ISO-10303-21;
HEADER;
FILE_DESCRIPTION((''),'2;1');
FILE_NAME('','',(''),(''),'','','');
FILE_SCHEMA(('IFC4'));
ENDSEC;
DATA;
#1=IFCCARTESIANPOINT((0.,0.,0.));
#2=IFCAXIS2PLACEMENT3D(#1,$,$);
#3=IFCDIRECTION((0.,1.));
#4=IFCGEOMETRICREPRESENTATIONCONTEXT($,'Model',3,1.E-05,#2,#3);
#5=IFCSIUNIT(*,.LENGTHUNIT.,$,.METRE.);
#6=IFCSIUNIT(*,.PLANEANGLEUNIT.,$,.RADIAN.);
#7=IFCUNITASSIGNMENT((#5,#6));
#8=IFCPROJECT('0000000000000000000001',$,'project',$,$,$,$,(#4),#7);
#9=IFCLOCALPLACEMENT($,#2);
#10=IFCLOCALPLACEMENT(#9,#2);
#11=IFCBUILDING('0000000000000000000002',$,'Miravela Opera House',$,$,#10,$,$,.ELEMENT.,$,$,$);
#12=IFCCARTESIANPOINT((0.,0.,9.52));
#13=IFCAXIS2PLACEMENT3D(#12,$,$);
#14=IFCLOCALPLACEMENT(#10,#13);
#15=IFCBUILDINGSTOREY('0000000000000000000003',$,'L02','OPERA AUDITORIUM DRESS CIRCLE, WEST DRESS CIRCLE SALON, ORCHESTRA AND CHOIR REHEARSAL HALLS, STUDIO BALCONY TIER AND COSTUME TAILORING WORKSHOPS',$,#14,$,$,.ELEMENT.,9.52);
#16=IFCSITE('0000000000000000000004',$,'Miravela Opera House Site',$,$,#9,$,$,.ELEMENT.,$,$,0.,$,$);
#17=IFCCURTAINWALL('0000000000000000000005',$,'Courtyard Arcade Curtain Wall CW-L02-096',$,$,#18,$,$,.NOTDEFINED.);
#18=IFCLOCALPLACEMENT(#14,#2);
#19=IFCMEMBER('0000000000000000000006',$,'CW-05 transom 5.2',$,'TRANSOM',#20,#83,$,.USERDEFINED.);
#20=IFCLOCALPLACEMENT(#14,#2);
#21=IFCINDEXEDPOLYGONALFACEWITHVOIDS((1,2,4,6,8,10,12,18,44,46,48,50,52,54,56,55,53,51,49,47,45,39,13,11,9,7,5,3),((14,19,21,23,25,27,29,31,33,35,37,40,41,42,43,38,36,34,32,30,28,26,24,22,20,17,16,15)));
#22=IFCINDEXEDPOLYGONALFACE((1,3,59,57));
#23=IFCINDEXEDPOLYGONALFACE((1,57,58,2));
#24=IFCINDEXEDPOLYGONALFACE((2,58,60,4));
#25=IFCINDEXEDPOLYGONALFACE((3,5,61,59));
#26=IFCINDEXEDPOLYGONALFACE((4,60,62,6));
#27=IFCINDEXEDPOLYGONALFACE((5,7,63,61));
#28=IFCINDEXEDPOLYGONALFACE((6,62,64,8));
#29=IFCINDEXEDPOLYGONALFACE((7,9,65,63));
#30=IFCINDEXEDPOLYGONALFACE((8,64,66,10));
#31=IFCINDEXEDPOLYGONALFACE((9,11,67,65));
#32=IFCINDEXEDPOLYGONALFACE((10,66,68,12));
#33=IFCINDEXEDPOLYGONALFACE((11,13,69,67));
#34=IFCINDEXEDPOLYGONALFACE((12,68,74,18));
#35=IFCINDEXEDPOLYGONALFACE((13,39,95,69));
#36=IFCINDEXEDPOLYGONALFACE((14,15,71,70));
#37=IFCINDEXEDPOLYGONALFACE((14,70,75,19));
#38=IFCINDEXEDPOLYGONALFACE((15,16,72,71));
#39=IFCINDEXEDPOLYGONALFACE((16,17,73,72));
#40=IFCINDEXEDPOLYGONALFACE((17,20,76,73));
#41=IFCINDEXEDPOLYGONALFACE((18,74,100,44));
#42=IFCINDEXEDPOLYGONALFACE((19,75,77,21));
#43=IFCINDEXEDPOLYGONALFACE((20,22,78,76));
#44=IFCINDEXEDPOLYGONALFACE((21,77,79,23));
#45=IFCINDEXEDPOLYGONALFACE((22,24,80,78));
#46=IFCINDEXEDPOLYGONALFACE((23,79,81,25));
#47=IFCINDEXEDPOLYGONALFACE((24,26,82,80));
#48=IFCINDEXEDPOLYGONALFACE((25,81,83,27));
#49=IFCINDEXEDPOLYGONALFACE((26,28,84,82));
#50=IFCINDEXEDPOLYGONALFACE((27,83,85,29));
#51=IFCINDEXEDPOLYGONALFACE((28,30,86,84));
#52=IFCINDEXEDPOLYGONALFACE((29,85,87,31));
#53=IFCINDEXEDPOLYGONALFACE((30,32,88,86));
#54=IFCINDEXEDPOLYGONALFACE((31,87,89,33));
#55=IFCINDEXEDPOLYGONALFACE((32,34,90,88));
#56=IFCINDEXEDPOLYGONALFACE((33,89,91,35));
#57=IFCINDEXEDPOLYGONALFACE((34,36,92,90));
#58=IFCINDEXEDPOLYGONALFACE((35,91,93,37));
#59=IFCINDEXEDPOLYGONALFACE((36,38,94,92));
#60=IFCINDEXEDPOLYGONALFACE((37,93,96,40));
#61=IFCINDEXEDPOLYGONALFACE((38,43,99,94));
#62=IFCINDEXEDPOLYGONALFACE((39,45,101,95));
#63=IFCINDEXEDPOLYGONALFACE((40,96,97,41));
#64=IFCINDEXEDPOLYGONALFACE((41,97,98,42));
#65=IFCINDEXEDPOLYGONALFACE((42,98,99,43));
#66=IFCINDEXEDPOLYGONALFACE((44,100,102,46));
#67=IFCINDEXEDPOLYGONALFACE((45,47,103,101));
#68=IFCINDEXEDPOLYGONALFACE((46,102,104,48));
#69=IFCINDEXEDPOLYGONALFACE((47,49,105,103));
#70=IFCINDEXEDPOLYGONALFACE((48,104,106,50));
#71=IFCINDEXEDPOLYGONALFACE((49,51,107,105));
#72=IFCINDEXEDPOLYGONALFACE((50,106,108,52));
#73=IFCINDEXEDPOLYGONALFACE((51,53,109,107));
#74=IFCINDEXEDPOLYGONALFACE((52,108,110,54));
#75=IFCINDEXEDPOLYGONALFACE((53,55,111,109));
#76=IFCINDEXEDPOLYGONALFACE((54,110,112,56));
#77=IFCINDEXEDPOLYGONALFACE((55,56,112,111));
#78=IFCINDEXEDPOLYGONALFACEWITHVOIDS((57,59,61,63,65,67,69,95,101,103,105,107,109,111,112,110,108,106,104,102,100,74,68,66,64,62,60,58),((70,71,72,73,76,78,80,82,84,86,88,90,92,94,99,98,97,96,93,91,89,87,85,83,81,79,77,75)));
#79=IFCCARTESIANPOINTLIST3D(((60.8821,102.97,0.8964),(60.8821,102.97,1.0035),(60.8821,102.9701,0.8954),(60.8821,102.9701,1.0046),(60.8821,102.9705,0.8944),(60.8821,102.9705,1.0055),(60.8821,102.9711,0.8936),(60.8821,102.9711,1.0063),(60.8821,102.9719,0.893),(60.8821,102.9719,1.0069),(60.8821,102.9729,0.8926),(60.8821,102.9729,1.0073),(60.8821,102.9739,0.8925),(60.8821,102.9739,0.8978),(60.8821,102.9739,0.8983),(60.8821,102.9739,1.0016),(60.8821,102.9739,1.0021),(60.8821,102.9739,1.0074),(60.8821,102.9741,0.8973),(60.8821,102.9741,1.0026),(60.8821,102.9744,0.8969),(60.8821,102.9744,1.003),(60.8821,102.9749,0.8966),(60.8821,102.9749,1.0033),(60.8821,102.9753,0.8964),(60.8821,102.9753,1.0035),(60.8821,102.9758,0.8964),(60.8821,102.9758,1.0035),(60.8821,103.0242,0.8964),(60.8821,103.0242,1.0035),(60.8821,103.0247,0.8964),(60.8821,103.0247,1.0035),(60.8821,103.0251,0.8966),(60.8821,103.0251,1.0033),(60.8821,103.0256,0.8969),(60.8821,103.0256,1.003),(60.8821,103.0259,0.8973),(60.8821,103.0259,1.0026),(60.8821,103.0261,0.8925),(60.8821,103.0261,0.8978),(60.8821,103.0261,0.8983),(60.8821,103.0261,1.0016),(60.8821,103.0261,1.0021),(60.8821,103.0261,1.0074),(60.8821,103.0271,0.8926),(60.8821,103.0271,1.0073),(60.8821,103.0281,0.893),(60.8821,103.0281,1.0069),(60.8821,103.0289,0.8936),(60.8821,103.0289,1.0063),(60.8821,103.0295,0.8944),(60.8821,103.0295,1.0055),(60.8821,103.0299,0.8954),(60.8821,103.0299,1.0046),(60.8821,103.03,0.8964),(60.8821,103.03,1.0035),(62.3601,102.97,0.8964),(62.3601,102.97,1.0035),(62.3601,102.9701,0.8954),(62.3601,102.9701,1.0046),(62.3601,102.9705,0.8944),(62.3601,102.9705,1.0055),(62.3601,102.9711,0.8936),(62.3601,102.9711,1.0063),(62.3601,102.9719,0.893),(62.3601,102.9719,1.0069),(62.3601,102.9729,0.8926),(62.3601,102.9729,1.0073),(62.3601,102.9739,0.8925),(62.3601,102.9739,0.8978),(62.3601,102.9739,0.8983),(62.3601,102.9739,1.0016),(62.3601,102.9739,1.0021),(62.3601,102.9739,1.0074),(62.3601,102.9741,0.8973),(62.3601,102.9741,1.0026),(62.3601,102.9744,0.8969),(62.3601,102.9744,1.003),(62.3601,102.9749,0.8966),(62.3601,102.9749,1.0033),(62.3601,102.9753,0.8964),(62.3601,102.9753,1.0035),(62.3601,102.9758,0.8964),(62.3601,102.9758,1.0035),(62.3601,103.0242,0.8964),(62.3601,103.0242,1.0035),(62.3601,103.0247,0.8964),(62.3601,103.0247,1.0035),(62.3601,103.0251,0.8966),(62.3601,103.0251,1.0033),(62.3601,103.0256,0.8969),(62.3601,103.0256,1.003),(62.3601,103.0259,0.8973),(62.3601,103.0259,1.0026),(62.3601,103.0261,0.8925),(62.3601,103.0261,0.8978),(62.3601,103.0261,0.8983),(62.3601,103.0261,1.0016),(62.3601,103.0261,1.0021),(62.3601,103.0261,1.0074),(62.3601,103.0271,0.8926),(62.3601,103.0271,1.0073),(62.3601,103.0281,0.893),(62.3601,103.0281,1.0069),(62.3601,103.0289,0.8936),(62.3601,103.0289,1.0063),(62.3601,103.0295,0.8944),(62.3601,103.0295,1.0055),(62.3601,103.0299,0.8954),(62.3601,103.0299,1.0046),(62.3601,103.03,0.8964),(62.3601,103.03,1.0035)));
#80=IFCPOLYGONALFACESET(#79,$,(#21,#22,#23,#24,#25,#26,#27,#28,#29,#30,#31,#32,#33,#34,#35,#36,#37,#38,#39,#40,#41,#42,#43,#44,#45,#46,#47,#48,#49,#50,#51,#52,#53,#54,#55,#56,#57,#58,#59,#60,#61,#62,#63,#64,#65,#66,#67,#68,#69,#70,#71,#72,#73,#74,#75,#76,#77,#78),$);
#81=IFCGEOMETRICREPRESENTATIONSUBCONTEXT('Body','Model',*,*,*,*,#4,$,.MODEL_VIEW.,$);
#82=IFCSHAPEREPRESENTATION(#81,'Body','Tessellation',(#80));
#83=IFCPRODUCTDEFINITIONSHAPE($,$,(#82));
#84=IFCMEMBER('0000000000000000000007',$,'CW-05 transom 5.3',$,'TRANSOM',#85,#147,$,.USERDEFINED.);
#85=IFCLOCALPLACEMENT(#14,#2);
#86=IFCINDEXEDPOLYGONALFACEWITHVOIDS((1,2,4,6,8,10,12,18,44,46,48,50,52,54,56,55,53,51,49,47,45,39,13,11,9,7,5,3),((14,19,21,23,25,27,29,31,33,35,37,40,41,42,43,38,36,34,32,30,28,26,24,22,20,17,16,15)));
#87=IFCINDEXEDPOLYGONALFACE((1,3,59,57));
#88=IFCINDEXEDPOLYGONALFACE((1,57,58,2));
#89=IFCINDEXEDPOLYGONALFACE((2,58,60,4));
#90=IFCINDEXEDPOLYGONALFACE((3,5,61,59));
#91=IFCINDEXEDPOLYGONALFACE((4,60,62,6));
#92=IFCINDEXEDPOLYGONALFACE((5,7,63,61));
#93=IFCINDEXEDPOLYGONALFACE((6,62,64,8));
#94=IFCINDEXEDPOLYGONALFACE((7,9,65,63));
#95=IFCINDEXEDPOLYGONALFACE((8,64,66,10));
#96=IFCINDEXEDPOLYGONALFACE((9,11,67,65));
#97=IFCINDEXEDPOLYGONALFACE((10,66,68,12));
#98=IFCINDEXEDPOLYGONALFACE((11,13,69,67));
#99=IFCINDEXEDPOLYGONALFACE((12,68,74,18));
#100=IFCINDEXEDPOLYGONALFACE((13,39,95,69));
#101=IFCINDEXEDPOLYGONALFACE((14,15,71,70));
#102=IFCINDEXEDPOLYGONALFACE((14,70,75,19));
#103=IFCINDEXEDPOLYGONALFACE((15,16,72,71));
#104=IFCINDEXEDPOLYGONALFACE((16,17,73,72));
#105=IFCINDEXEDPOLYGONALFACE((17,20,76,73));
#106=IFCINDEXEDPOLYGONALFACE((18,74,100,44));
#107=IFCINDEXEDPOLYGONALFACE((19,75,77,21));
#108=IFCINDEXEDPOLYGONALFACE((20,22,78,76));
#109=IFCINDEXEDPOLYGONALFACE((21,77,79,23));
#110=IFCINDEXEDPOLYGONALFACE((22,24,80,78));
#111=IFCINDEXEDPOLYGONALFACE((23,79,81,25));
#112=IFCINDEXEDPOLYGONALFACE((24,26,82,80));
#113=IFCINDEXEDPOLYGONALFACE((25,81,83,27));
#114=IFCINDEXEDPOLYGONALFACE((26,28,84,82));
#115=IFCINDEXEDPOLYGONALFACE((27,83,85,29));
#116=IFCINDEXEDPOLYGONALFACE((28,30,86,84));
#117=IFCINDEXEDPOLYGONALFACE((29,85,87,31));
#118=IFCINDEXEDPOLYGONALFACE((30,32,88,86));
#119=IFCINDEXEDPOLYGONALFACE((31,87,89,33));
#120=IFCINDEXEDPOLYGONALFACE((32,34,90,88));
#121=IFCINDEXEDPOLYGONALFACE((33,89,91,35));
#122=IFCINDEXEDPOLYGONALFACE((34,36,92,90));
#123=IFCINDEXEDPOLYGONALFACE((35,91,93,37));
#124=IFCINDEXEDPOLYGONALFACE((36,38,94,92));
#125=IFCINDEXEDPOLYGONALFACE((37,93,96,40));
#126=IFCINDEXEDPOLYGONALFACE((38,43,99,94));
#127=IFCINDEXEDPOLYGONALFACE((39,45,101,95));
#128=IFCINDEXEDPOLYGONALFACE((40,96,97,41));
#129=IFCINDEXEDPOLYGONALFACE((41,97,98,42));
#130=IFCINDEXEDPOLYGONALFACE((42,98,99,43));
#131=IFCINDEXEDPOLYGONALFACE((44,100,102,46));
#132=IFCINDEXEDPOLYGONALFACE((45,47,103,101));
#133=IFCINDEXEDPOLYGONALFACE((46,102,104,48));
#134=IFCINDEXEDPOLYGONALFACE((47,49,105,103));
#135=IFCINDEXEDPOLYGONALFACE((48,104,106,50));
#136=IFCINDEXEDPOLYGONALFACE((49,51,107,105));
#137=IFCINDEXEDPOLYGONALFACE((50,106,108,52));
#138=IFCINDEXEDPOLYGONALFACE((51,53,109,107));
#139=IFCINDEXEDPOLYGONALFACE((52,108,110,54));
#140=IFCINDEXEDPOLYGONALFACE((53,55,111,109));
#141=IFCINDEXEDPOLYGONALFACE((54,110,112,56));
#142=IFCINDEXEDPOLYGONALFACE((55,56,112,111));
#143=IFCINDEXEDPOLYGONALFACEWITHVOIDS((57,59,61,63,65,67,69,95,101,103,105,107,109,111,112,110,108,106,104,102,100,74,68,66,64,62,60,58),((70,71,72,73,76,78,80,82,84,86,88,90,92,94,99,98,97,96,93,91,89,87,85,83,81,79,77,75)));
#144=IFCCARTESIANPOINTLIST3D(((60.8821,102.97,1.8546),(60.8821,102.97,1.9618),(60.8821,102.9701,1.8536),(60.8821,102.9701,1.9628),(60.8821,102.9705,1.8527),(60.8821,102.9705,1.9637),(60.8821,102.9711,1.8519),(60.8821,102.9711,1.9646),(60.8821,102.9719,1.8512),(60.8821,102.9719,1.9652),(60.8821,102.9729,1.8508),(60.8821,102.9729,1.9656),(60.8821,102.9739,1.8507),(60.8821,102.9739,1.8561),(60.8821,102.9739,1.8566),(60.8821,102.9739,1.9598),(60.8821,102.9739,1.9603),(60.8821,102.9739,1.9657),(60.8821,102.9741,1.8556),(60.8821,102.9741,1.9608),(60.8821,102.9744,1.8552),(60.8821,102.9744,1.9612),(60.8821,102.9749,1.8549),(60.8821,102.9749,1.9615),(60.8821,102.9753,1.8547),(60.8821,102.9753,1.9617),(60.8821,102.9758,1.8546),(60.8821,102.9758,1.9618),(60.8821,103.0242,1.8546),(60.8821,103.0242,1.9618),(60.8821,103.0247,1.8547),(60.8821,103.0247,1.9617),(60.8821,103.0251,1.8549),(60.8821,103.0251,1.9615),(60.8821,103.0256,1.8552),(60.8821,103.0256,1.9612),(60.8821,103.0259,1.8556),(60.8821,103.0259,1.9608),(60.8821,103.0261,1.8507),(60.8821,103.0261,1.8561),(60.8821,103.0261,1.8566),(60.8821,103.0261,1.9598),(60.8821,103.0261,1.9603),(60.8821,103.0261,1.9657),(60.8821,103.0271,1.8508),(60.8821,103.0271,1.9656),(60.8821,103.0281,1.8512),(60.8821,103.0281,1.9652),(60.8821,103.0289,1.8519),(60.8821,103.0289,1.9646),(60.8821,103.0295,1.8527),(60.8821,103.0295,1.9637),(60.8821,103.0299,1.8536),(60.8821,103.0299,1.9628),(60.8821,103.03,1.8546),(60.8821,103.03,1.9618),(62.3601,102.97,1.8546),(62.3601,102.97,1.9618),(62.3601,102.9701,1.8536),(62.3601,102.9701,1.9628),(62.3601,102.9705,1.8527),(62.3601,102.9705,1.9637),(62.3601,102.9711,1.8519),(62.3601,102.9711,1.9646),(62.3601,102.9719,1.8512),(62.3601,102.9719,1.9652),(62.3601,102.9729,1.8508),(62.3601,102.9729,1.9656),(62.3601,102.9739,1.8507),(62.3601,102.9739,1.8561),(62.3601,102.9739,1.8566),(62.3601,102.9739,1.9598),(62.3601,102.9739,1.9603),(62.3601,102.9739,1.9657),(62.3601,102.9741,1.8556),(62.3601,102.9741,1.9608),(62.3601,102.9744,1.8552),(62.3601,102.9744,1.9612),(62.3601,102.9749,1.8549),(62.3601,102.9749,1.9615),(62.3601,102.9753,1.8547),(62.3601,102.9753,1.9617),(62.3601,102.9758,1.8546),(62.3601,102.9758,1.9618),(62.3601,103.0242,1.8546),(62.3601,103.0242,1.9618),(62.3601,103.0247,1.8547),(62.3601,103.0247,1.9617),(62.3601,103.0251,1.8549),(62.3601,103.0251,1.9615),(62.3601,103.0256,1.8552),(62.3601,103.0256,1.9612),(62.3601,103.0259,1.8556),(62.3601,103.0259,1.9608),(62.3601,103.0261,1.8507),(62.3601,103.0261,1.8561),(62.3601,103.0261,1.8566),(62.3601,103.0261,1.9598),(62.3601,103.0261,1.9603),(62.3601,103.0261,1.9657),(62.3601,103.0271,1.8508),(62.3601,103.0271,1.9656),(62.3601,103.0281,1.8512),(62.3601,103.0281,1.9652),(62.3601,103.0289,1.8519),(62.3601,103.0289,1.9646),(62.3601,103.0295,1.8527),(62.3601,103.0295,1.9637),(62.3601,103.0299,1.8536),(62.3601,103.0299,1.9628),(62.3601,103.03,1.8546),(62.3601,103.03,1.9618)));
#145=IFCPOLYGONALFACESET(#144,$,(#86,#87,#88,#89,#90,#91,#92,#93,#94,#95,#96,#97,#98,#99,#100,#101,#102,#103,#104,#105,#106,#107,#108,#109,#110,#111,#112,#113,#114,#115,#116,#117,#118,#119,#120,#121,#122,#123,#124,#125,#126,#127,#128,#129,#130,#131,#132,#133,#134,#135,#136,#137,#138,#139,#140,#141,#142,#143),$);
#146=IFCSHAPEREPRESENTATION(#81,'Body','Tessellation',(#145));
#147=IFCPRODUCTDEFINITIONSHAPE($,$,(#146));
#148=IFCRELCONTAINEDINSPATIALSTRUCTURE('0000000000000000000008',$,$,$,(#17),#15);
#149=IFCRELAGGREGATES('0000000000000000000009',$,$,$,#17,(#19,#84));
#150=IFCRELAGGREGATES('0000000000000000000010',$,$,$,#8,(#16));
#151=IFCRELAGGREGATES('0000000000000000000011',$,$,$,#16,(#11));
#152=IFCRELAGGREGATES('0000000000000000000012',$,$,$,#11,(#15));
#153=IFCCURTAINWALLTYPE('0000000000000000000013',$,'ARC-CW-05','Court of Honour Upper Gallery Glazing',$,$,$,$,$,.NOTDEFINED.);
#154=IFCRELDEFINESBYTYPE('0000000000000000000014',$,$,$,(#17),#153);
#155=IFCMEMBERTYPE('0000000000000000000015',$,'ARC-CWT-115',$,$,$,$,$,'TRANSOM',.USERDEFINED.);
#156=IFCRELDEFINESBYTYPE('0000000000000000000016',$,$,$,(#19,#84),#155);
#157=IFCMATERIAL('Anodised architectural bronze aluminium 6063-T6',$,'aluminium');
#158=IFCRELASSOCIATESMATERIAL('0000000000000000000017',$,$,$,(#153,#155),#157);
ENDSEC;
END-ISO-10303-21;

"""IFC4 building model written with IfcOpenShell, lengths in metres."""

from ifc_helpers import new_model, si_unit, direction, frame, origin, origin_2d, place, context, subcontext, project, spatial, hollow_rectangle, extrude, material, material_profile, profile_set, type_object, element, aggregate, save


model = new_model("IFC4")

# Units and contexts
model_context = context("Model", 3, precision=1e-05, world=origin(), true_north=direction((0.0, 1.0)))
body_context = subcontext(model_context, "Body", "Model", "MODEL_VIEW")
ifc_project = project(units=[si_unit("LENGTHUNIT", "METRE"), si_unit("PLANEANGLEUNIT", "RADIAN")], contexts=[model_context])

# Site, building, storey
site_placement = place(None, origin())
site = spatial("IfcSite", under=ifc_project, at=site_placement, Name="Miravela Opera House Site", CompositionType="ELEMENT", RefElevation=0.0)
building_placement = place(site_placement, origin())
building = spatial("IfcBuilding", under=site, at=building_placement, Name="Miravela Opera House", CompositionType="ELEMENT")
storey_placement = place(building_placement, frame((0.0, 0.0, 9.52)))
storey = spatial("IfcBuildingStorey", under=building, at=storey_placement, Name="L02", Description="OPERA AUDITORIUM DRESS CIRCLE, WEST DRESS CIRCLE SALON, ORCHESTRA AND CHOIR REHEARSAL HALLS, STUDIO BALCONY TIER AND COSTUME TAILORING WORKSHOPS", CompositionType="ELEMENT", Elevation=9.52)

# Curtain wall, members
ifc_material_1 = material(Name="Anodised architectural bronze aluminium 6063-T6", Category="aluminium")
curtain_wall_type = type_object("IfcCurtainWallType", Name="ARC-CW-05", Description="Court of Honour Upper Gallery Glazing", PredefinedType="NOTDEFINED", material=ifc_material_1)
curtain_wall_placement = place(storey_placement, origin())
curtain_wall = element("IfcCurtainWall", 1, at=curtain_wall_placement, inside=storey, type_object=curtain_wall_type, Name="Courtyard Arcade Curtain Wall CW-L02-096", PredefinedType="NOTDEFINED")
ifc_material_profile_1 = material_profile(ifc_material_1, hollow_rectangle(XDim=0.0601, YDim=0.115, WallThickness=0.0039, InnerFilletRadius=0.002, OuterFilletRadius=0.0039, at=origin_2d()), Name="CWT-60X115")
ifc_profile_set_1 = profile_set([ifc_material_profile_1])
member_type_1 = type_object("IfcMemberType", Name="ARC-CWT-115", ElementType="TRANSOM", PredefinedType="USERDEFINED", material=ifc_profile_set_1)
member_1_placement = place(storey_placement, frame((60.8821, 103.0, 0.95), z_axis=(1.0, 0.0, 0.0), x_axis=(0.0, 1.0, 0.0)))
member_1 = element("IfcMember", 2, at=member_1_placement, type_object=member_type_1, Name="CW-05 transom 5.2", ObjectType="TRANSOM", PredefinedType="USERDEFINED", context=body_context, shape_type="SweptSolid", body=[
    extrude(hollow_rectangle(XDim=0.0601, YDim=0.115, WallThickness=0.0039, InnerFilletRadius=0.002, OuterFilletRadius=0.0039, at=origin_2d()), origin(), (0.0, 0.0, 1.0), 1.478),
])
member_2_placement = place(storey_placement, frame((60.8821, 103.0, 1.9082), z_axis=(1.0, 0.0, 0.0), x_axis=(0.0, 1.0, 0.0)))
member_2 = element("IfcMember", 3, at=member_2_placement, type_object=member_type_1, Name="CW-05 transom 5.3", ObjectType="TRANSOM", PredefinedType="USERDEFINED", context=body_context, shape_type="SweptSolid", body=[
    extrude(hollow_rectangle(XDim=0.0601, YDim=0.115, WallThickness=0.0039, InnerFilletRadius=0.002, OuterFilletRadius=0.0039, at=origin_2d()), origin(), (0.0, 0.0, 1.0), 1.478),
])
aggregate(curtain_wall, [member_1, member_2])

save(model, "model.ifc")
